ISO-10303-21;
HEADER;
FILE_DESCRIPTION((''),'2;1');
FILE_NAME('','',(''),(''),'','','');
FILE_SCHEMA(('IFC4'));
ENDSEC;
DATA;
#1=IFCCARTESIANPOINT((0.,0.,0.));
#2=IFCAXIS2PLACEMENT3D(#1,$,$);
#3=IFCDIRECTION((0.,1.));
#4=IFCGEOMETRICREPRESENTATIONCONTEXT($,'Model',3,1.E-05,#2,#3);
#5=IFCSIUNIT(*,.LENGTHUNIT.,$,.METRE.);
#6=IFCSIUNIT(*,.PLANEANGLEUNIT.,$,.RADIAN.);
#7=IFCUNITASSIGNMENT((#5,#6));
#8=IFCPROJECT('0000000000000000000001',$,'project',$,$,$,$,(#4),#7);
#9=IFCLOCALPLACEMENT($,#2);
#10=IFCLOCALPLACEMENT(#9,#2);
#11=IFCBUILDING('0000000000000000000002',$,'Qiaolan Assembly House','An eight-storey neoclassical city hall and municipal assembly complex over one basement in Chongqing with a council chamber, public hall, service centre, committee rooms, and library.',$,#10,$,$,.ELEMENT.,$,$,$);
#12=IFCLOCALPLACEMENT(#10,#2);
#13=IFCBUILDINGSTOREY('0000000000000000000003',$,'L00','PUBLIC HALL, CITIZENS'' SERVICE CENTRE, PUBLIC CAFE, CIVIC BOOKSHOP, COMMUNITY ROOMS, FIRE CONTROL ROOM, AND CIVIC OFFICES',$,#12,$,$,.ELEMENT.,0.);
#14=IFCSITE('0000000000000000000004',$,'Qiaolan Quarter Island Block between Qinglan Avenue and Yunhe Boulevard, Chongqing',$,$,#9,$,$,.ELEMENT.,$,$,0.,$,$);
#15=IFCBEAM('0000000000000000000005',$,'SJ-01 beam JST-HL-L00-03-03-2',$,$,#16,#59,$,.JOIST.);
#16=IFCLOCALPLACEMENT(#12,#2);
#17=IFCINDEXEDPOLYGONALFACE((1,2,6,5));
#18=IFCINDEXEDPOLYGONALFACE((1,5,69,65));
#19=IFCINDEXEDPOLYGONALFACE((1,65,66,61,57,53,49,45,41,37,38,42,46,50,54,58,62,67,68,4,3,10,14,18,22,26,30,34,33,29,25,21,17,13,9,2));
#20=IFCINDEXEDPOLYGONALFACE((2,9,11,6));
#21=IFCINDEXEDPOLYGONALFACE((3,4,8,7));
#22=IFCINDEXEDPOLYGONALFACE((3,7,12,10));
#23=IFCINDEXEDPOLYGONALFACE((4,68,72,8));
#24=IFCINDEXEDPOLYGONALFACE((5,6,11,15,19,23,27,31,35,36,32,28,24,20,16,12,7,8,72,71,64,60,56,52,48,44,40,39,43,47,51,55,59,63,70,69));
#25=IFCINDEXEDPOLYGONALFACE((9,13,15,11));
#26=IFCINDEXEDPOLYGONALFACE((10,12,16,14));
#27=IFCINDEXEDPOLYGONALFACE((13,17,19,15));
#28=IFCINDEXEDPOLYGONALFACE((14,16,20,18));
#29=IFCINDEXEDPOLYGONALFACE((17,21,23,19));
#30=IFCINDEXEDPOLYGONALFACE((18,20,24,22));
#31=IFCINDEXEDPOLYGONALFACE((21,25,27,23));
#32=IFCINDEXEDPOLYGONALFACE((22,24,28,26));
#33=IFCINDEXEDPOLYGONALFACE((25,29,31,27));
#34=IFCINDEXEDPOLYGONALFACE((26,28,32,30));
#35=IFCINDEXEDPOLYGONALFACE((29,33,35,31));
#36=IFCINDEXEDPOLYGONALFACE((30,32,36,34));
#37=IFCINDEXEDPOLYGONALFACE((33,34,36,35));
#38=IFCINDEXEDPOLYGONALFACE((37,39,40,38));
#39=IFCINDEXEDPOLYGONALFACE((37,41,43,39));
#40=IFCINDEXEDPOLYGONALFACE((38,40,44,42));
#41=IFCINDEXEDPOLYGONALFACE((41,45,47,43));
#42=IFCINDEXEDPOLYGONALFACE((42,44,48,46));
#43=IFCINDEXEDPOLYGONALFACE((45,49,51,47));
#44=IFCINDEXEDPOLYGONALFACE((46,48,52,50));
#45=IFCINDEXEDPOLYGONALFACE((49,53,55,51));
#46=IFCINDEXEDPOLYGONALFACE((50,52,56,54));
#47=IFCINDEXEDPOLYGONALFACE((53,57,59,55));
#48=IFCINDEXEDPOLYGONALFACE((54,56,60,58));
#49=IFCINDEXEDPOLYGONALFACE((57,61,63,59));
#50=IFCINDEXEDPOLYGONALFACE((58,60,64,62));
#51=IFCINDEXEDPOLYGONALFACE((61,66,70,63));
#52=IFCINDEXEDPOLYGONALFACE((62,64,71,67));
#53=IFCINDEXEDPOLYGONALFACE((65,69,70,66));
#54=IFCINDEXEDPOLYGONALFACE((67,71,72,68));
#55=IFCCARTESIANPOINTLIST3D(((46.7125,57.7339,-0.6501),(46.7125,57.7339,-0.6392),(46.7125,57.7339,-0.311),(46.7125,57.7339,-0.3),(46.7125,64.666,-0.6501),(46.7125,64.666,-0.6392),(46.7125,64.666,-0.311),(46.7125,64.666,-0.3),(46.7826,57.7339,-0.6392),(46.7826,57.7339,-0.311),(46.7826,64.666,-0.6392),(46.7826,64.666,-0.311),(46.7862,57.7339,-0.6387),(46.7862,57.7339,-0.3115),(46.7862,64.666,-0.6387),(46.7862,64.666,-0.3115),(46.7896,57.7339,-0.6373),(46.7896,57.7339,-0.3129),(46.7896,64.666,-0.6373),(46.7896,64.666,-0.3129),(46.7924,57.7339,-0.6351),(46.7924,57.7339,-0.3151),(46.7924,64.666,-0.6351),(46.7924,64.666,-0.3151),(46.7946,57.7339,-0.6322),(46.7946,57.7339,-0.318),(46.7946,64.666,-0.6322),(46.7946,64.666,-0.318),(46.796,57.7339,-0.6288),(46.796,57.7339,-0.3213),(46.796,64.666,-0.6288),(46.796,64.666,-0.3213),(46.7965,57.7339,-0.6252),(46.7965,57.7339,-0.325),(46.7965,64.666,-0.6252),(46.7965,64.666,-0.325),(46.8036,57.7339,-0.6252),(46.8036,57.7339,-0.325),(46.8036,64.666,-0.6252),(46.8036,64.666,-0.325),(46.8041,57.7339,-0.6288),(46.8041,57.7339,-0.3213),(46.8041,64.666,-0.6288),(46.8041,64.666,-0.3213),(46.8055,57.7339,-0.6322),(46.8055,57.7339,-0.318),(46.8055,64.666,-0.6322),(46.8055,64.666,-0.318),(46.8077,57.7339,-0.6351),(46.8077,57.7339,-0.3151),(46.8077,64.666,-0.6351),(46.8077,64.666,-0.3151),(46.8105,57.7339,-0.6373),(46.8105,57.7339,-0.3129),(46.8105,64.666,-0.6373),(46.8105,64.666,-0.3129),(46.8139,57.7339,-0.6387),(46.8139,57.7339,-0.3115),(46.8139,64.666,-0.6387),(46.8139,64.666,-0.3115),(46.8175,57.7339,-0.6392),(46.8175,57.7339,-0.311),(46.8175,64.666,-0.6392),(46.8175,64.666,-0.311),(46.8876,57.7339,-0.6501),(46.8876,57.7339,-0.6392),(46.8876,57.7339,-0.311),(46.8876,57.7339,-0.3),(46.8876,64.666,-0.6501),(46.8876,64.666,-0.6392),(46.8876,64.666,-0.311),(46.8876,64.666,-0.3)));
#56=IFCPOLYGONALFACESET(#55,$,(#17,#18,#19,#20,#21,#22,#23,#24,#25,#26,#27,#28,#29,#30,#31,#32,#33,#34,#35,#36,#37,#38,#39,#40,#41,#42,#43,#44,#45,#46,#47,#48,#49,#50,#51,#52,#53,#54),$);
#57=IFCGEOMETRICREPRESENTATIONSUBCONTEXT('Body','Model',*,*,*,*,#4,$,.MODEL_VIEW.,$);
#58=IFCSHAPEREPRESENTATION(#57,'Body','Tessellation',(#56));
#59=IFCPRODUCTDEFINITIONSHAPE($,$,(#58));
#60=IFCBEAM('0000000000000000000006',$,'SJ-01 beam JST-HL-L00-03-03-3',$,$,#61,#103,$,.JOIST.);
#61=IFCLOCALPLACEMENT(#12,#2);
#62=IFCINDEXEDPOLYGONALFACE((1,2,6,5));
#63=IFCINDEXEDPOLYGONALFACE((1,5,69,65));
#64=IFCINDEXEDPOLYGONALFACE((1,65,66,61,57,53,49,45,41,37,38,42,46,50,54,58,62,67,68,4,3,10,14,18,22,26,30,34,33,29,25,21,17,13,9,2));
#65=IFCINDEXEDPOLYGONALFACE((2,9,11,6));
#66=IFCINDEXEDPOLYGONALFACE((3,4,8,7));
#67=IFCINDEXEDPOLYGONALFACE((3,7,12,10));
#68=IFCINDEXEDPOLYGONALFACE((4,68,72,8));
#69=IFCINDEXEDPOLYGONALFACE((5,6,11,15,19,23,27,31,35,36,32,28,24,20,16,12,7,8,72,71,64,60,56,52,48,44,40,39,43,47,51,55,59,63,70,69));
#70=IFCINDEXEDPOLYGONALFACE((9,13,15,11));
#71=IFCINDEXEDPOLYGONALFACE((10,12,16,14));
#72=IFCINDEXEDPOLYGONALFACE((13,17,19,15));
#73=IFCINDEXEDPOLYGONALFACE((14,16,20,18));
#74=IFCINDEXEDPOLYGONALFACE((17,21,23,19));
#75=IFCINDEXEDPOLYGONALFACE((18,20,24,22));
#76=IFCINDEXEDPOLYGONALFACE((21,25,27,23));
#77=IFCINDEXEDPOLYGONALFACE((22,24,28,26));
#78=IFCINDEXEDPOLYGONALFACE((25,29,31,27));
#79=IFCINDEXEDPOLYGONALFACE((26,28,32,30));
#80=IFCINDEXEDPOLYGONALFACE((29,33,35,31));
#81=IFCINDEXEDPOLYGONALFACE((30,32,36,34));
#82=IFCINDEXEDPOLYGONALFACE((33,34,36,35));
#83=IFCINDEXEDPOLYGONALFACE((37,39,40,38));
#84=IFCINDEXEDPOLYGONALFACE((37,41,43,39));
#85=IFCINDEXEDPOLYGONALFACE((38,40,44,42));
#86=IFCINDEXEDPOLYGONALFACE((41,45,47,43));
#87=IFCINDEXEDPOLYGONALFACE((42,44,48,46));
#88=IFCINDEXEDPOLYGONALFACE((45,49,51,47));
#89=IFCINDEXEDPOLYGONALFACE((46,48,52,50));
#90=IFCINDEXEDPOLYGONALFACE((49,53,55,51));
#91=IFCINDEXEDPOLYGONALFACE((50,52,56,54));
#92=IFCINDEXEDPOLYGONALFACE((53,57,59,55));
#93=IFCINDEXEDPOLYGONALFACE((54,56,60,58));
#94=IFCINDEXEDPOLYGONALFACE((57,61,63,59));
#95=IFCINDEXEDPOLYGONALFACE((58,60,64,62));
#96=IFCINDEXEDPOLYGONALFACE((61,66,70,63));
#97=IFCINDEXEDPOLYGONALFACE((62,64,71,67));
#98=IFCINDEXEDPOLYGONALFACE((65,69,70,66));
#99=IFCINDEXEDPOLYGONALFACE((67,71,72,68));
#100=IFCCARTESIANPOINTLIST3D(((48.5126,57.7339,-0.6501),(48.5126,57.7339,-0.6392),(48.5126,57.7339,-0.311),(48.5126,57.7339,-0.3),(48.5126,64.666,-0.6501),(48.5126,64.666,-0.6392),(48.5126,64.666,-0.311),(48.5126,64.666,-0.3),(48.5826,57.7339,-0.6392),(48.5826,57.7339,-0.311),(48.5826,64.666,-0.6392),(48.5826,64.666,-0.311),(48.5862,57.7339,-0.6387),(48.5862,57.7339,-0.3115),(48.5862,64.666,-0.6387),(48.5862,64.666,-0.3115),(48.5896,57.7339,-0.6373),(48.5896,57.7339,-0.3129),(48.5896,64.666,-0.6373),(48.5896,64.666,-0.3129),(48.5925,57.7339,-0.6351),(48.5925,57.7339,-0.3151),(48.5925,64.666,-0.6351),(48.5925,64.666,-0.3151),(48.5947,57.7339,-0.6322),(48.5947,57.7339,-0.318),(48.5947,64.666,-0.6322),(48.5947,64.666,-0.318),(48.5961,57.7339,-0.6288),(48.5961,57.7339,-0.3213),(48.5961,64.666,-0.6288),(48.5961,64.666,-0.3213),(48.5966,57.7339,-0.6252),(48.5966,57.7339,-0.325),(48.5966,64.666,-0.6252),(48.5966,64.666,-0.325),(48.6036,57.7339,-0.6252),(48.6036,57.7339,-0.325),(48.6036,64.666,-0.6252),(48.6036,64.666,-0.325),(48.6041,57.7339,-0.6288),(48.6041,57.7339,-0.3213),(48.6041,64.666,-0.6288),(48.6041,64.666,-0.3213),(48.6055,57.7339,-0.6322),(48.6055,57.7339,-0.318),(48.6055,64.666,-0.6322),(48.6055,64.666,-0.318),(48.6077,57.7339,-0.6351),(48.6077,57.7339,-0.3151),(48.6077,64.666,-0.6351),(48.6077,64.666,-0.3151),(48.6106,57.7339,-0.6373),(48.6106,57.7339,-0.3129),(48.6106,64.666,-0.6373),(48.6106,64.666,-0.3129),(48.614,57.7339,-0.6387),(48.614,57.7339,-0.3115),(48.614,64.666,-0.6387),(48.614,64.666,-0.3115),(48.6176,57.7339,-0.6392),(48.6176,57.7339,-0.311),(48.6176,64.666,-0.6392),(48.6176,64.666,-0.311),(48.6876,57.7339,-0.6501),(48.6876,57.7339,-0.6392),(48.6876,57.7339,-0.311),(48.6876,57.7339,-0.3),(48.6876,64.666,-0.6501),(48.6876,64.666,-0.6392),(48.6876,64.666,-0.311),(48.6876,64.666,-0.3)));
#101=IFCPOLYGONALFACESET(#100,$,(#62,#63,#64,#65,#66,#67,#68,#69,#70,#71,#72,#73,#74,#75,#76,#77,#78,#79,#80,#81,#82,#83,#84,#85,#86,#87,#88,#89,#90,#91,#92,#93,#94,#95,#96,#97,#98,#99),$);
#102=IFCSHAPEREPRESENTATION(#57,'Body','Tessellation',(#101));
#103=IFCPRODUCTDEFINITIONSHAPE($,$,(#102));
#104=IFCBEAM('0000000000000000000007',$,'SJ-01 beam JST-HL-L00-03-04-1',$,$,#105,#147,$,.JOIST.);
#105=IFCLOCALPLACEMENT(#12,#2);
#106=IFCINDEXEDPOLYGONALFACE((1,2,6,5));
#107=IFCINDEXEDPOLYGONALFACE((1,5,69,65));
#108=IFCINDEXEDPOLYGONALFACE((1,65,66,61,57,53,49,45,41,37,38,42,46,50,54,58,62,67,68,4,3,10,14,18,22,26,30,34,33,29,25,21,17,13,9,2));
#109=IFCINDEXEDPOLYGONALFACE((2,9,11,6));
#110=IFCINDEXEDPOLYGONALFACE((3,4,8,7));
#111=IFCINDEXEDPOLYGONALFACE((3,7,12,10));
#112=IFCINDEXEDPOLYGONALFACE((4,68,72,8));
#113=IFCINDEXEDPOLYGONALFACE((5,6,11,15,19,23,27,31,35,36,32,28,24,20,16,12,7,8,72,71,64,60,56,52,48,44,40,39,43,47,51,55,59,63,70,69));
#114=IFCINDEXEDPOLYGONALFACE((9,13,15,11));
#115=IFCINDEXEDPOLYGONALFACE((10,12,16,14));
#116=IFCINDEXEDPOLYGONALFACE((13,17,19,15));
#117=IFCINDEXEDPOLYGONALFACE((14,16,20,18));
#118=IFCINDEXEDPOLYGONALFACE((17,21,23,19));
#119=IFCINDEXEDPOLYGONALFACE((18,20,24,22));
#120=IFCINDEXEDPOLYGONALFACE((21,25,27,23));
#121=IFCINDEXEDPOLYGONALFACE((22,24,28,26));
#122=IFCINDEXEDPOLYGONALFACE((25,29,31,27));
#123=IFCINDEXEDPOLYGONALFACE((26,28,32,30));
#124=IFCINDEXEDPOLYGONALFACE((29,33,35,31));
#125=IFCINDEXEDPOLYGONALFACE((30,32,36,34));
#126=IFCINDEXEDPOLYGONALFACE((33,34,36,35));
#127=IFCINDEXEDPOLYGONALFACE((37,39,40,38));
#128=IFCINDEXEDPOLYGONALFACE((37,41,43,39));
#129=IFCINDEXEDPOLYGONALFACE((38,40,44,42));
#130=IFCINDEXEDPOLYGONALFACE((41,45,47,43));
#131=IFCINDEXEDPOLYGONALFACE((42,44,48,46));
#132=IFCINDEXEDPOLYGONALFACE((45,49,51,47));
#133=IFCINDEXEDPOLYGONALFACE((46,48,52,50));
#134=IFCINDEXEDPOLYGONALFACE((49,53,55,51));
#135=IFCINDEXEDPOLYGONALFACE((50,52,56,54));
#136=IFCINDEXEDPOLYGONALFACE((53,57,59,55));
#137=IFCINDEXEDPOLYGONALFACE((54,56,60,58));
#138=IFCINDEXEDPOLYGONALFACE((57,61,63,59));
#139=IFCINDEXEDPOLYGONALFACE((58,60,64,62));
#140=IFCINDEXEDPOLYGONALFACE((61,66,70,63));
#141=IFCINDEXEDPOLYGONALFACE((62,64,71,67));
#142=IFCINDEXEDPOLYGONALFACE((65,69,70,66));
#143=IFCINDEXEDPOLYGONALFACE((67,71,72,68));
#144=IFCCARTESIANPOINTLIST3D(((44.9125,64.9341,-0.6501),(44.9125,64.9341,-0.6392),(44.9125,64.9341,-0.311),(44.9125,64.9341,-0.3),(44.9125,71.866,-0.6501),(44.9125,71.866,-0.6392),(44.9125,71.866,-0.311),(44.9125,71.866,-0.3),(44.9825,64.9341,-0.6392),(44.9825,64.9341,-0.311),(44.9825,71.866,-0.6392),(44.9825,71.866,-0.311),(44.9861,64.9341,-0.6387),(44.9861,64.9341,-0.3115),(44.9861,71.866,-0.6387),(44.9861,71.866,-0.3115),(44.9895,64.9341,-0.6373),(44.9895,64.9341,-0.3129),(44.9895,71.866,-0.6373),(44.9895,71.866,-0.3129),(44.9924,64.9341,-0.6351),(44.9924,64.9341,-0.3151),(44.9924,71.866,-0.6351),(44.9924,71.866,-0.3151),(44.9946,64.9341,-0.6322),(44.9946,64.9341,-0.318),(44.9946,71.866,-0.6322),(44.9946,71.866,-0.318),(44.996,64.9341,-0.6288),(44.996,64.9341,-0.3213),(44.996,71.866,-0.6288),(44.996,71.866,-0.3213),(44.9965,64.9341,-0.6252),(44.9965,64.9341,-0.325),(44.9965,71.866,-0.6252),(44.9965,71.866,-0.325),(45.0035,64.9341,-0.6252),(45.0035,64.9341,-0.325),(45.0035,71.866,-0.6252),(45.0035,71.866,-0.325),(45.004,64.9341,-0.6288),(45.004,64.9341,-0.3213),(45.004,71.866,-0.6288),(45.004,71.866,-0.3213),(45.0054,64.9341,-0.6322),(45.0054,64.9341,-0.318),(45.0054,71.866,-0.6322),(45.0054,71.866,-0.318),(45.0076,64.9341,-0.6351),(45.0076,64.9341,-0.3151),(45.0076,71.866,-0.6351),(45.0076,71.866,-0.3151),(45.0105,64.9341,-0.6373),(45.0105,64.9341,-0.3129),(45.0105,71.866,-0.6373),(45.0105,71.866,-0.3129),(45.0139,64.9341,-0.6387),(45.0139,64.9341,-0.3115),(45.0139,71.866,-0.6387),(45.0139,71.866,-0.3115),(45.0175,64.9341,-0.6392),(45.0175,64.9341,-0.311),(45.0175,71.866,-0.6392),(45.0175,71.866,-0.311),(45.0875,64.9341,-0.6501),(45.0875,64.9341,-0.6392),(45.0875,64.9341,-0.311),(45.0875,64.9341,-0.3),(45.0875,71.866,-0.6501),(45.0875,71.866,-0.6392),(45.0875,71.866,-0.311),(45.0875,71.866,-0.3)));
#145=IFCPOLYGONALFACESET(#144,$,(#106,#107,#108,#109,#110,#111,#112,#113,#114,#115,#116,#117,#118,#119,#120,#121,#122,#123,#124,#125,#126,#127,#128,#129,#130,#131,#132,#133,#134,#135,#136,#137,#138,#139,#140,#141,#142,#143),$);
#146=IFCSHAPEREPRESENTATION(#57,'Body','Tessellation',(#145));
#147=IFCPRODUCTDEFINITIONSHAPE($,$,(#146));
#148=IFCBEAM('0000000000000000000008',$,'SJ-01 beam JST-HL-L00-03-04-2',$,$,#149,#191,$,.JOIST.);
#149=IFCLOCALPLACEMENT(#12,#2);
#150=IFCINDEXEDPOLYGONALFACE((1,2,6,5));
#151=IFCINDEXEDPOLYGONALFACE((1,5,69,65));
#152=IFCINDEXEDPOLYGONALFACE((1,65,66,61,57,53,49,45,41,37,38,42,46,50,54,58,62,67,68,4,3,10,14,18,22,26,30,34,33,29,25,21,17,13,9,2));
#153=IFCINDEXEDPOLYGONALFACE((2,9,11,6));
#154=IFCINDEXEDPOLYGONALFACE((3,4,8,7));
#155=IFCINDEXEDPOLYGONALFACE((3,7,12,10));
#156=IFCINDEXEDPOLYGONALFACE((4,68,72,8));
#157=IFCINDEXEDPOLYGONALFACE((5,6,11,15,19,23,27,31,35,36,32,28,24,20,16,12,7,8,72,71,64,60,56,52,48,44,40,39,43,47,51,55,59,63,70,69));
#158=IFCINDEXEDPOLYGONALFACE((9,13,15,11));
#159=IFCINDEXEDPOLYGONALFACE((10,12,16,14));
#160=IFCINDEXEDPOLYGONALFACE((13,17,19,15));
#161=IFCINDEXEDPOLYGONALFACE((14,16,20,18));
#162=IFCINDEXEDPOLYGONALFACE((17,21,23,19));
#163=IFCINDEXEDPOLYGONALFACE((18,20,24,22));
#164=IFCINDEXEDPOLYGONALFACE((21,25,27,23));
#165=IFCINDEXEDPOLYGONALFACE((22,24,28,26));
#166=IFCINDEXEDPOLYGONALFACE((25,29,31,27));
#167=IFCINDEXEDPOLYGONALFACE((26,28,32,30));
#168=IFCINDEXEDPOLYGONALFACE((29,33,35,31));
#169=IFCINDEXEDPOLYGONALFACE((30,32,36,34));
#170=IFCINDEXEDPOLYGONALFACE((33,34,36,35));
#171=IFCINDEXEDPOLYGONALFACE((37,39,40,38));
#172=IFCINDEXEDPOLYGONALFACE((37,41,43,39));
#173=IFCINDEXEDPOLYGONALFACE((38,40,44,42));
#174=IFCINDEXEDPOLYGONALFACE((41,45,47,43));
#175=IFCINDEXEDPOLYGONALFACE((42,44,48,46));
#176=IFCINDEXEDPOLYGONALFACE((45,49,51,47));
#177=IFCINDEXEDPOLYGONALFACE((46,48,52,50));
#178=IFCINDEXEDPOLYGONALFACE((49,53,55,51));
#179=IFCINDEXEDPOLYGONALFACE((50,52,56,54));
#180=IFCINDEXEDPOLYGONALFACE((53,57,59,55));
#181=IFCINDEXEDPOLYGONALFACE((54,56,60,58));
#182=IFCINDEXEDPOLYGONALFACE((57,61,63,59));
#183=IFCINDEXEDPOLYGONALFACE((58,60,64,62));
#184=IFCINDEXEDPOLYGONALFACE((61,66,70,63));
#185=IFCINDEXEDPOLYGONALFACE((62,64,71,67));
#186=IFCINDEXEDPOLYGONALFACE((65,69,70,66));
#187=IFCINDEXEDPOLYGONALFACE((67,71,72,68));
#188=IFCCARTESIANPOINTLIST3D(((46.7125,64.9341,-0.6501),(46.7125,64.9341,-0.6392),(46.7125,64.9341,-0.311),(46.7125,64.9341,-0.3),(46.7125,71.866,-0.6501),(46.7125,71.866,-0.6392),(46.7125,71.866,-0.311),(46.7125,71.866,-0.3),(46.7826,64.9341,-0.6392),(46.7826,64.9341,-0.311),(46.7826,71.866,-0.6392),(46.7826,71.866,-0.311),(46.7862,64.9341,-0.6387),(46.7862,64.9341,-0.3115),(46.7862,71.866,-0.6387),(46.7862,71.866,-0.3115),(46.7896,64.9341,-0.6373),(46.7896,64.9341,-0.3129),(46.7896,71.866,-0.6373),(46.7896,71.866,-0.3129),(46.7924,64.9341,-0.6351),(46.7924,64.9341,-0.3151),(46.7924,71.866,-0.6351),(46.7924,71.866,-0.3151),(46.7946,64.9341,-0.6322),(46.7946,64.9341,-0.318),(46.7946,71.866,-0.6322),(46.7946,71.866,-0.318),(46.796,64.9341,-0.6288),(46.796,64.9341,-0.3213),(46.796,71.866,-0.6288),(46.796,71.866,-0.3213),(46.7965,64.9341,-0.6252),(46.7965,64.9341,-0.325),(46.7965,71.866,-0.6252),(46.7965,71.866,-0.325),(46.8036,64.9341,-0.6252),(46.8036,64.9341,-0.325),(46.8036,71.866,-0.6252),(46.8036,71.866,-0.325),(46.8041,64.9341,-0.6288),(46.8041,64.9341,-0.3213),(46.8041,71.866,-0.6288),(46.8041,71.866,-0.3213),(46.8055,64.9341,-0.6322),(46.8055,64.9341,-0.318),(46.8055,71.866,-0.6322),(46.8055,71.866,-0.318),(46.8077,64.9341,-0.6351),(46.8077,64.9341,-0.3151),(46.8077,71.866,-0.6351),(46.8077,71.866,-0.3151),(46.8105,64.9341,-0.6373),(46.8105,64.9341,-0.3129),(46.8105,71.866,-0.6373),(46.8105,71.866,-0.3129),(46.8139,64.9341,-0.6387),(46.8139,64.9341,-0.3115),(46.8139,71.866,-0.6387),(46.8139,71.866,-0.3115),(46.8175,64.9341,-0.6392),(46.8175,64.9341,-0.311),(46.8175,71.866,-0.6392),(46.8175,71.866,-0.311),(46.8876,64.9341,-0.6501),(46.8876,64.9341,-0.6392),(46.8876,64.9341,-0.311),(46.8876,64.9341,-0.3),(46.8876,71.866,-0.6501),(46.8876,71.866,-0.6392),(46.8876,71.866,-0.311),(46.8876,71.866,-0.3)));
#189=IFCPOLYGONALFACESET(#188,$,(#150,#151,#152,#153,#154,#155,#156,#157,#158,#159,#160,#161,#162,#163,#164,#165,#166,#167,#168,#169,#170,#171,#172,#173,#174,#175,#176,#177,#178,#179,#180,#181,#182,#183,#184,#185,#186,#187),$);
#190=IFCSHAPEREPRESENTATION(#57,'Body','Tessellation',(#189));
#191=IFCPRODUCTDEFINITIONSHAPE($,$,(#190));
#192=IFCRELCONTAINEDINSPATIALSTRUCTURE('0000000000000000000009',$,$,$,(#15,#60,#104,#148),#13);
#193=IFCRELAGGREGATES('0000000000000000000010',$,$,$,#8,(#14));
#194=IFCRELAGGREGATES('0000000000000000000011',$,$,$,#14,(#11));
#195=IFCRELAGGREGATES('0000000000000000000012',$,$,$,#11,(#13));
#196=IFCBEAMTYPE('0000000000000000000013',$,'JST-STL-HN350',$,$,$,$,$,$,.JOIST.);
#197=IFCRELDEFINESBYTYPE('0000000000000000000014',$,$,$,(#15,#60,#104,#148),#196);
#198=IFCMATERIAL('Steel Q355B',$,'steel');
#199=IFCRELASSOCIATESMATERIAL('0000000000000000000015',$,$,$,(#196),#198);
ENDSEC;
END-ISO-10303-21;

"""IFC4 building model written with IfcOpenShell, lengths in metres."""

from ifc_helpers import new_model, si_unit, direction, frame, origin, origin_2d, place, context, subcontext, project, spatial, i_section, extrude, material, material_profile, profile_set, type_object, element, save


model = new_model("IFC4")

# Units and contexts
model_context = context("Model", 3, precision=1e-05, world=origin(), true_north=direction((0.0, 1.0)))
body_context = subcontext(model_context, "Body", "Model", "MODEL_VIEW")
ifc_project = project(units=[si_unit("LENGTHUNIT", "METRE"), si_unit("PLANEANGLEUNIT", "RADIAN")], contexts=[model_context])

# Site, building, storey
site_placement = place(None, origin())
site = spatial("IfcSite", under=ifc_project, at=site_placement, Name="Qiaolan Quarter Island Block between Qinglan Avenue and Yunhe Boulevard, Chongqing", CompositionType="ELEMENT", RefElevation=0.0)
building_placement = place(site_placement, origin())
building = spatial("IfcBuilding", under=site, at=building_placement, Name="Qiaolan Assembly House", Description="An eight-storey neoclassical city hall and municipal assembly complex over one basement in Chongqing with a council chamber, public hall, service centre, committee rooms, and library.", CompositionType="ELEMENT")
storey_placement = place(building_placement, origin())
storey = spatial("IfcBuildingStorey", under=building, at=storey_placement, Name="L00", Description="PUBLIC HALL, CITIZENS' SERVICE CENTRE, PUBLIC CAFE, CIVIC BOOKSHOP, COMMUNITY ROOMS, FIRE CONTROL ROOM, AND CIVIC OFFICES", CompositionType="ELEMENT", Elevation=0.0)

# Shared definitions
ifc_material_1 = material(Name="Steel Q355B", Category="steel")

# Beams
ifc_material_profile_1 = material_profile(ifc_material_1, i_section(OverallWidth=0.175, OverallDepth=0.3501, WebThickness=0.0071, FlangeThickness=0.011, FilletRadius=0.0139, at=origin_2d()), Name="HN 350x175x7x11")
ifc_profile_set_1 = profile_set([ifc_material_profile_1], Name="Steel Q355B")
beam_type_1 = type_object("IfcBeamType", Name="JST-STL-HN350", PredefinedType="JOIST", material=ifc_profile_set_1)
for number, where, z_axis, x_axis, name in (
    (1, (46.8, 57.7339, -0.4751), (0.0, 1.0, 0.0), (-1.0, 0.0, 0.0), "SJ-01 beam JST-HL-L00-03-03-2"),
    (2, (48.6001, 57.7339, -0.4751), (0.0, 1.0, 0.0), (-1.0, 0.0, 0.0), "SJ-01 beam JST-HL-L00-03-03-3"),
):
    element("IfcBeam", number, at=place(storey_placement, frame(where, z_axis=z_axis, x_axis=x_axis)), inside=storey, type_object=beam_type_1, Name=name, PredefinedType="JOIST", context=body_context, shape_type="SweptSolid", body=[
        extrude(i_section(OverallWidth=0.175, OverallDepth=0.3501, WebThickness=0.0071, FlangeThickness=0.011, FilletRadius=0.0139, at=origin_2d()), origin(), (0.0, 0.0, 1.0), 6.9321),
    ])
for number, where, z_axis, x_axis, name in (
    (3, (45.0, 64.9341, -0.4751), (0.0, 1.0, 0.0), (-1.0, 0.0, 0.0), "SJ-01 beam JST-HL-L00-03-04-1"),
    (4, (46.8, 64.9341, -0.4751), (0.0, 1.0, 0.0), (-1.0, 0.0, 0.0), "SJ-01 beam JST-HL-L00-03-04-2"),
):
    element("IfcBeam", number, at=place(storey_placement, frame(where, z_axis=z_axis, x_axis=x_axis)), inside=storey, type_object=beam_type_1, Name=name, PredefinedType="JOIST", context=body_context, shape_type="SweptSolid", body=[
        extrude(i_section(OverallWidth=0.175, OverallDepth=0.3501, WebThickness=0.0071, FlangeThickness=0.011, FilletRadius=0.0139, at=origin_2d()), origin(), (0.0, 0.0, 1.0), 6.9319),
    ])

save(model, "model.ifc")
